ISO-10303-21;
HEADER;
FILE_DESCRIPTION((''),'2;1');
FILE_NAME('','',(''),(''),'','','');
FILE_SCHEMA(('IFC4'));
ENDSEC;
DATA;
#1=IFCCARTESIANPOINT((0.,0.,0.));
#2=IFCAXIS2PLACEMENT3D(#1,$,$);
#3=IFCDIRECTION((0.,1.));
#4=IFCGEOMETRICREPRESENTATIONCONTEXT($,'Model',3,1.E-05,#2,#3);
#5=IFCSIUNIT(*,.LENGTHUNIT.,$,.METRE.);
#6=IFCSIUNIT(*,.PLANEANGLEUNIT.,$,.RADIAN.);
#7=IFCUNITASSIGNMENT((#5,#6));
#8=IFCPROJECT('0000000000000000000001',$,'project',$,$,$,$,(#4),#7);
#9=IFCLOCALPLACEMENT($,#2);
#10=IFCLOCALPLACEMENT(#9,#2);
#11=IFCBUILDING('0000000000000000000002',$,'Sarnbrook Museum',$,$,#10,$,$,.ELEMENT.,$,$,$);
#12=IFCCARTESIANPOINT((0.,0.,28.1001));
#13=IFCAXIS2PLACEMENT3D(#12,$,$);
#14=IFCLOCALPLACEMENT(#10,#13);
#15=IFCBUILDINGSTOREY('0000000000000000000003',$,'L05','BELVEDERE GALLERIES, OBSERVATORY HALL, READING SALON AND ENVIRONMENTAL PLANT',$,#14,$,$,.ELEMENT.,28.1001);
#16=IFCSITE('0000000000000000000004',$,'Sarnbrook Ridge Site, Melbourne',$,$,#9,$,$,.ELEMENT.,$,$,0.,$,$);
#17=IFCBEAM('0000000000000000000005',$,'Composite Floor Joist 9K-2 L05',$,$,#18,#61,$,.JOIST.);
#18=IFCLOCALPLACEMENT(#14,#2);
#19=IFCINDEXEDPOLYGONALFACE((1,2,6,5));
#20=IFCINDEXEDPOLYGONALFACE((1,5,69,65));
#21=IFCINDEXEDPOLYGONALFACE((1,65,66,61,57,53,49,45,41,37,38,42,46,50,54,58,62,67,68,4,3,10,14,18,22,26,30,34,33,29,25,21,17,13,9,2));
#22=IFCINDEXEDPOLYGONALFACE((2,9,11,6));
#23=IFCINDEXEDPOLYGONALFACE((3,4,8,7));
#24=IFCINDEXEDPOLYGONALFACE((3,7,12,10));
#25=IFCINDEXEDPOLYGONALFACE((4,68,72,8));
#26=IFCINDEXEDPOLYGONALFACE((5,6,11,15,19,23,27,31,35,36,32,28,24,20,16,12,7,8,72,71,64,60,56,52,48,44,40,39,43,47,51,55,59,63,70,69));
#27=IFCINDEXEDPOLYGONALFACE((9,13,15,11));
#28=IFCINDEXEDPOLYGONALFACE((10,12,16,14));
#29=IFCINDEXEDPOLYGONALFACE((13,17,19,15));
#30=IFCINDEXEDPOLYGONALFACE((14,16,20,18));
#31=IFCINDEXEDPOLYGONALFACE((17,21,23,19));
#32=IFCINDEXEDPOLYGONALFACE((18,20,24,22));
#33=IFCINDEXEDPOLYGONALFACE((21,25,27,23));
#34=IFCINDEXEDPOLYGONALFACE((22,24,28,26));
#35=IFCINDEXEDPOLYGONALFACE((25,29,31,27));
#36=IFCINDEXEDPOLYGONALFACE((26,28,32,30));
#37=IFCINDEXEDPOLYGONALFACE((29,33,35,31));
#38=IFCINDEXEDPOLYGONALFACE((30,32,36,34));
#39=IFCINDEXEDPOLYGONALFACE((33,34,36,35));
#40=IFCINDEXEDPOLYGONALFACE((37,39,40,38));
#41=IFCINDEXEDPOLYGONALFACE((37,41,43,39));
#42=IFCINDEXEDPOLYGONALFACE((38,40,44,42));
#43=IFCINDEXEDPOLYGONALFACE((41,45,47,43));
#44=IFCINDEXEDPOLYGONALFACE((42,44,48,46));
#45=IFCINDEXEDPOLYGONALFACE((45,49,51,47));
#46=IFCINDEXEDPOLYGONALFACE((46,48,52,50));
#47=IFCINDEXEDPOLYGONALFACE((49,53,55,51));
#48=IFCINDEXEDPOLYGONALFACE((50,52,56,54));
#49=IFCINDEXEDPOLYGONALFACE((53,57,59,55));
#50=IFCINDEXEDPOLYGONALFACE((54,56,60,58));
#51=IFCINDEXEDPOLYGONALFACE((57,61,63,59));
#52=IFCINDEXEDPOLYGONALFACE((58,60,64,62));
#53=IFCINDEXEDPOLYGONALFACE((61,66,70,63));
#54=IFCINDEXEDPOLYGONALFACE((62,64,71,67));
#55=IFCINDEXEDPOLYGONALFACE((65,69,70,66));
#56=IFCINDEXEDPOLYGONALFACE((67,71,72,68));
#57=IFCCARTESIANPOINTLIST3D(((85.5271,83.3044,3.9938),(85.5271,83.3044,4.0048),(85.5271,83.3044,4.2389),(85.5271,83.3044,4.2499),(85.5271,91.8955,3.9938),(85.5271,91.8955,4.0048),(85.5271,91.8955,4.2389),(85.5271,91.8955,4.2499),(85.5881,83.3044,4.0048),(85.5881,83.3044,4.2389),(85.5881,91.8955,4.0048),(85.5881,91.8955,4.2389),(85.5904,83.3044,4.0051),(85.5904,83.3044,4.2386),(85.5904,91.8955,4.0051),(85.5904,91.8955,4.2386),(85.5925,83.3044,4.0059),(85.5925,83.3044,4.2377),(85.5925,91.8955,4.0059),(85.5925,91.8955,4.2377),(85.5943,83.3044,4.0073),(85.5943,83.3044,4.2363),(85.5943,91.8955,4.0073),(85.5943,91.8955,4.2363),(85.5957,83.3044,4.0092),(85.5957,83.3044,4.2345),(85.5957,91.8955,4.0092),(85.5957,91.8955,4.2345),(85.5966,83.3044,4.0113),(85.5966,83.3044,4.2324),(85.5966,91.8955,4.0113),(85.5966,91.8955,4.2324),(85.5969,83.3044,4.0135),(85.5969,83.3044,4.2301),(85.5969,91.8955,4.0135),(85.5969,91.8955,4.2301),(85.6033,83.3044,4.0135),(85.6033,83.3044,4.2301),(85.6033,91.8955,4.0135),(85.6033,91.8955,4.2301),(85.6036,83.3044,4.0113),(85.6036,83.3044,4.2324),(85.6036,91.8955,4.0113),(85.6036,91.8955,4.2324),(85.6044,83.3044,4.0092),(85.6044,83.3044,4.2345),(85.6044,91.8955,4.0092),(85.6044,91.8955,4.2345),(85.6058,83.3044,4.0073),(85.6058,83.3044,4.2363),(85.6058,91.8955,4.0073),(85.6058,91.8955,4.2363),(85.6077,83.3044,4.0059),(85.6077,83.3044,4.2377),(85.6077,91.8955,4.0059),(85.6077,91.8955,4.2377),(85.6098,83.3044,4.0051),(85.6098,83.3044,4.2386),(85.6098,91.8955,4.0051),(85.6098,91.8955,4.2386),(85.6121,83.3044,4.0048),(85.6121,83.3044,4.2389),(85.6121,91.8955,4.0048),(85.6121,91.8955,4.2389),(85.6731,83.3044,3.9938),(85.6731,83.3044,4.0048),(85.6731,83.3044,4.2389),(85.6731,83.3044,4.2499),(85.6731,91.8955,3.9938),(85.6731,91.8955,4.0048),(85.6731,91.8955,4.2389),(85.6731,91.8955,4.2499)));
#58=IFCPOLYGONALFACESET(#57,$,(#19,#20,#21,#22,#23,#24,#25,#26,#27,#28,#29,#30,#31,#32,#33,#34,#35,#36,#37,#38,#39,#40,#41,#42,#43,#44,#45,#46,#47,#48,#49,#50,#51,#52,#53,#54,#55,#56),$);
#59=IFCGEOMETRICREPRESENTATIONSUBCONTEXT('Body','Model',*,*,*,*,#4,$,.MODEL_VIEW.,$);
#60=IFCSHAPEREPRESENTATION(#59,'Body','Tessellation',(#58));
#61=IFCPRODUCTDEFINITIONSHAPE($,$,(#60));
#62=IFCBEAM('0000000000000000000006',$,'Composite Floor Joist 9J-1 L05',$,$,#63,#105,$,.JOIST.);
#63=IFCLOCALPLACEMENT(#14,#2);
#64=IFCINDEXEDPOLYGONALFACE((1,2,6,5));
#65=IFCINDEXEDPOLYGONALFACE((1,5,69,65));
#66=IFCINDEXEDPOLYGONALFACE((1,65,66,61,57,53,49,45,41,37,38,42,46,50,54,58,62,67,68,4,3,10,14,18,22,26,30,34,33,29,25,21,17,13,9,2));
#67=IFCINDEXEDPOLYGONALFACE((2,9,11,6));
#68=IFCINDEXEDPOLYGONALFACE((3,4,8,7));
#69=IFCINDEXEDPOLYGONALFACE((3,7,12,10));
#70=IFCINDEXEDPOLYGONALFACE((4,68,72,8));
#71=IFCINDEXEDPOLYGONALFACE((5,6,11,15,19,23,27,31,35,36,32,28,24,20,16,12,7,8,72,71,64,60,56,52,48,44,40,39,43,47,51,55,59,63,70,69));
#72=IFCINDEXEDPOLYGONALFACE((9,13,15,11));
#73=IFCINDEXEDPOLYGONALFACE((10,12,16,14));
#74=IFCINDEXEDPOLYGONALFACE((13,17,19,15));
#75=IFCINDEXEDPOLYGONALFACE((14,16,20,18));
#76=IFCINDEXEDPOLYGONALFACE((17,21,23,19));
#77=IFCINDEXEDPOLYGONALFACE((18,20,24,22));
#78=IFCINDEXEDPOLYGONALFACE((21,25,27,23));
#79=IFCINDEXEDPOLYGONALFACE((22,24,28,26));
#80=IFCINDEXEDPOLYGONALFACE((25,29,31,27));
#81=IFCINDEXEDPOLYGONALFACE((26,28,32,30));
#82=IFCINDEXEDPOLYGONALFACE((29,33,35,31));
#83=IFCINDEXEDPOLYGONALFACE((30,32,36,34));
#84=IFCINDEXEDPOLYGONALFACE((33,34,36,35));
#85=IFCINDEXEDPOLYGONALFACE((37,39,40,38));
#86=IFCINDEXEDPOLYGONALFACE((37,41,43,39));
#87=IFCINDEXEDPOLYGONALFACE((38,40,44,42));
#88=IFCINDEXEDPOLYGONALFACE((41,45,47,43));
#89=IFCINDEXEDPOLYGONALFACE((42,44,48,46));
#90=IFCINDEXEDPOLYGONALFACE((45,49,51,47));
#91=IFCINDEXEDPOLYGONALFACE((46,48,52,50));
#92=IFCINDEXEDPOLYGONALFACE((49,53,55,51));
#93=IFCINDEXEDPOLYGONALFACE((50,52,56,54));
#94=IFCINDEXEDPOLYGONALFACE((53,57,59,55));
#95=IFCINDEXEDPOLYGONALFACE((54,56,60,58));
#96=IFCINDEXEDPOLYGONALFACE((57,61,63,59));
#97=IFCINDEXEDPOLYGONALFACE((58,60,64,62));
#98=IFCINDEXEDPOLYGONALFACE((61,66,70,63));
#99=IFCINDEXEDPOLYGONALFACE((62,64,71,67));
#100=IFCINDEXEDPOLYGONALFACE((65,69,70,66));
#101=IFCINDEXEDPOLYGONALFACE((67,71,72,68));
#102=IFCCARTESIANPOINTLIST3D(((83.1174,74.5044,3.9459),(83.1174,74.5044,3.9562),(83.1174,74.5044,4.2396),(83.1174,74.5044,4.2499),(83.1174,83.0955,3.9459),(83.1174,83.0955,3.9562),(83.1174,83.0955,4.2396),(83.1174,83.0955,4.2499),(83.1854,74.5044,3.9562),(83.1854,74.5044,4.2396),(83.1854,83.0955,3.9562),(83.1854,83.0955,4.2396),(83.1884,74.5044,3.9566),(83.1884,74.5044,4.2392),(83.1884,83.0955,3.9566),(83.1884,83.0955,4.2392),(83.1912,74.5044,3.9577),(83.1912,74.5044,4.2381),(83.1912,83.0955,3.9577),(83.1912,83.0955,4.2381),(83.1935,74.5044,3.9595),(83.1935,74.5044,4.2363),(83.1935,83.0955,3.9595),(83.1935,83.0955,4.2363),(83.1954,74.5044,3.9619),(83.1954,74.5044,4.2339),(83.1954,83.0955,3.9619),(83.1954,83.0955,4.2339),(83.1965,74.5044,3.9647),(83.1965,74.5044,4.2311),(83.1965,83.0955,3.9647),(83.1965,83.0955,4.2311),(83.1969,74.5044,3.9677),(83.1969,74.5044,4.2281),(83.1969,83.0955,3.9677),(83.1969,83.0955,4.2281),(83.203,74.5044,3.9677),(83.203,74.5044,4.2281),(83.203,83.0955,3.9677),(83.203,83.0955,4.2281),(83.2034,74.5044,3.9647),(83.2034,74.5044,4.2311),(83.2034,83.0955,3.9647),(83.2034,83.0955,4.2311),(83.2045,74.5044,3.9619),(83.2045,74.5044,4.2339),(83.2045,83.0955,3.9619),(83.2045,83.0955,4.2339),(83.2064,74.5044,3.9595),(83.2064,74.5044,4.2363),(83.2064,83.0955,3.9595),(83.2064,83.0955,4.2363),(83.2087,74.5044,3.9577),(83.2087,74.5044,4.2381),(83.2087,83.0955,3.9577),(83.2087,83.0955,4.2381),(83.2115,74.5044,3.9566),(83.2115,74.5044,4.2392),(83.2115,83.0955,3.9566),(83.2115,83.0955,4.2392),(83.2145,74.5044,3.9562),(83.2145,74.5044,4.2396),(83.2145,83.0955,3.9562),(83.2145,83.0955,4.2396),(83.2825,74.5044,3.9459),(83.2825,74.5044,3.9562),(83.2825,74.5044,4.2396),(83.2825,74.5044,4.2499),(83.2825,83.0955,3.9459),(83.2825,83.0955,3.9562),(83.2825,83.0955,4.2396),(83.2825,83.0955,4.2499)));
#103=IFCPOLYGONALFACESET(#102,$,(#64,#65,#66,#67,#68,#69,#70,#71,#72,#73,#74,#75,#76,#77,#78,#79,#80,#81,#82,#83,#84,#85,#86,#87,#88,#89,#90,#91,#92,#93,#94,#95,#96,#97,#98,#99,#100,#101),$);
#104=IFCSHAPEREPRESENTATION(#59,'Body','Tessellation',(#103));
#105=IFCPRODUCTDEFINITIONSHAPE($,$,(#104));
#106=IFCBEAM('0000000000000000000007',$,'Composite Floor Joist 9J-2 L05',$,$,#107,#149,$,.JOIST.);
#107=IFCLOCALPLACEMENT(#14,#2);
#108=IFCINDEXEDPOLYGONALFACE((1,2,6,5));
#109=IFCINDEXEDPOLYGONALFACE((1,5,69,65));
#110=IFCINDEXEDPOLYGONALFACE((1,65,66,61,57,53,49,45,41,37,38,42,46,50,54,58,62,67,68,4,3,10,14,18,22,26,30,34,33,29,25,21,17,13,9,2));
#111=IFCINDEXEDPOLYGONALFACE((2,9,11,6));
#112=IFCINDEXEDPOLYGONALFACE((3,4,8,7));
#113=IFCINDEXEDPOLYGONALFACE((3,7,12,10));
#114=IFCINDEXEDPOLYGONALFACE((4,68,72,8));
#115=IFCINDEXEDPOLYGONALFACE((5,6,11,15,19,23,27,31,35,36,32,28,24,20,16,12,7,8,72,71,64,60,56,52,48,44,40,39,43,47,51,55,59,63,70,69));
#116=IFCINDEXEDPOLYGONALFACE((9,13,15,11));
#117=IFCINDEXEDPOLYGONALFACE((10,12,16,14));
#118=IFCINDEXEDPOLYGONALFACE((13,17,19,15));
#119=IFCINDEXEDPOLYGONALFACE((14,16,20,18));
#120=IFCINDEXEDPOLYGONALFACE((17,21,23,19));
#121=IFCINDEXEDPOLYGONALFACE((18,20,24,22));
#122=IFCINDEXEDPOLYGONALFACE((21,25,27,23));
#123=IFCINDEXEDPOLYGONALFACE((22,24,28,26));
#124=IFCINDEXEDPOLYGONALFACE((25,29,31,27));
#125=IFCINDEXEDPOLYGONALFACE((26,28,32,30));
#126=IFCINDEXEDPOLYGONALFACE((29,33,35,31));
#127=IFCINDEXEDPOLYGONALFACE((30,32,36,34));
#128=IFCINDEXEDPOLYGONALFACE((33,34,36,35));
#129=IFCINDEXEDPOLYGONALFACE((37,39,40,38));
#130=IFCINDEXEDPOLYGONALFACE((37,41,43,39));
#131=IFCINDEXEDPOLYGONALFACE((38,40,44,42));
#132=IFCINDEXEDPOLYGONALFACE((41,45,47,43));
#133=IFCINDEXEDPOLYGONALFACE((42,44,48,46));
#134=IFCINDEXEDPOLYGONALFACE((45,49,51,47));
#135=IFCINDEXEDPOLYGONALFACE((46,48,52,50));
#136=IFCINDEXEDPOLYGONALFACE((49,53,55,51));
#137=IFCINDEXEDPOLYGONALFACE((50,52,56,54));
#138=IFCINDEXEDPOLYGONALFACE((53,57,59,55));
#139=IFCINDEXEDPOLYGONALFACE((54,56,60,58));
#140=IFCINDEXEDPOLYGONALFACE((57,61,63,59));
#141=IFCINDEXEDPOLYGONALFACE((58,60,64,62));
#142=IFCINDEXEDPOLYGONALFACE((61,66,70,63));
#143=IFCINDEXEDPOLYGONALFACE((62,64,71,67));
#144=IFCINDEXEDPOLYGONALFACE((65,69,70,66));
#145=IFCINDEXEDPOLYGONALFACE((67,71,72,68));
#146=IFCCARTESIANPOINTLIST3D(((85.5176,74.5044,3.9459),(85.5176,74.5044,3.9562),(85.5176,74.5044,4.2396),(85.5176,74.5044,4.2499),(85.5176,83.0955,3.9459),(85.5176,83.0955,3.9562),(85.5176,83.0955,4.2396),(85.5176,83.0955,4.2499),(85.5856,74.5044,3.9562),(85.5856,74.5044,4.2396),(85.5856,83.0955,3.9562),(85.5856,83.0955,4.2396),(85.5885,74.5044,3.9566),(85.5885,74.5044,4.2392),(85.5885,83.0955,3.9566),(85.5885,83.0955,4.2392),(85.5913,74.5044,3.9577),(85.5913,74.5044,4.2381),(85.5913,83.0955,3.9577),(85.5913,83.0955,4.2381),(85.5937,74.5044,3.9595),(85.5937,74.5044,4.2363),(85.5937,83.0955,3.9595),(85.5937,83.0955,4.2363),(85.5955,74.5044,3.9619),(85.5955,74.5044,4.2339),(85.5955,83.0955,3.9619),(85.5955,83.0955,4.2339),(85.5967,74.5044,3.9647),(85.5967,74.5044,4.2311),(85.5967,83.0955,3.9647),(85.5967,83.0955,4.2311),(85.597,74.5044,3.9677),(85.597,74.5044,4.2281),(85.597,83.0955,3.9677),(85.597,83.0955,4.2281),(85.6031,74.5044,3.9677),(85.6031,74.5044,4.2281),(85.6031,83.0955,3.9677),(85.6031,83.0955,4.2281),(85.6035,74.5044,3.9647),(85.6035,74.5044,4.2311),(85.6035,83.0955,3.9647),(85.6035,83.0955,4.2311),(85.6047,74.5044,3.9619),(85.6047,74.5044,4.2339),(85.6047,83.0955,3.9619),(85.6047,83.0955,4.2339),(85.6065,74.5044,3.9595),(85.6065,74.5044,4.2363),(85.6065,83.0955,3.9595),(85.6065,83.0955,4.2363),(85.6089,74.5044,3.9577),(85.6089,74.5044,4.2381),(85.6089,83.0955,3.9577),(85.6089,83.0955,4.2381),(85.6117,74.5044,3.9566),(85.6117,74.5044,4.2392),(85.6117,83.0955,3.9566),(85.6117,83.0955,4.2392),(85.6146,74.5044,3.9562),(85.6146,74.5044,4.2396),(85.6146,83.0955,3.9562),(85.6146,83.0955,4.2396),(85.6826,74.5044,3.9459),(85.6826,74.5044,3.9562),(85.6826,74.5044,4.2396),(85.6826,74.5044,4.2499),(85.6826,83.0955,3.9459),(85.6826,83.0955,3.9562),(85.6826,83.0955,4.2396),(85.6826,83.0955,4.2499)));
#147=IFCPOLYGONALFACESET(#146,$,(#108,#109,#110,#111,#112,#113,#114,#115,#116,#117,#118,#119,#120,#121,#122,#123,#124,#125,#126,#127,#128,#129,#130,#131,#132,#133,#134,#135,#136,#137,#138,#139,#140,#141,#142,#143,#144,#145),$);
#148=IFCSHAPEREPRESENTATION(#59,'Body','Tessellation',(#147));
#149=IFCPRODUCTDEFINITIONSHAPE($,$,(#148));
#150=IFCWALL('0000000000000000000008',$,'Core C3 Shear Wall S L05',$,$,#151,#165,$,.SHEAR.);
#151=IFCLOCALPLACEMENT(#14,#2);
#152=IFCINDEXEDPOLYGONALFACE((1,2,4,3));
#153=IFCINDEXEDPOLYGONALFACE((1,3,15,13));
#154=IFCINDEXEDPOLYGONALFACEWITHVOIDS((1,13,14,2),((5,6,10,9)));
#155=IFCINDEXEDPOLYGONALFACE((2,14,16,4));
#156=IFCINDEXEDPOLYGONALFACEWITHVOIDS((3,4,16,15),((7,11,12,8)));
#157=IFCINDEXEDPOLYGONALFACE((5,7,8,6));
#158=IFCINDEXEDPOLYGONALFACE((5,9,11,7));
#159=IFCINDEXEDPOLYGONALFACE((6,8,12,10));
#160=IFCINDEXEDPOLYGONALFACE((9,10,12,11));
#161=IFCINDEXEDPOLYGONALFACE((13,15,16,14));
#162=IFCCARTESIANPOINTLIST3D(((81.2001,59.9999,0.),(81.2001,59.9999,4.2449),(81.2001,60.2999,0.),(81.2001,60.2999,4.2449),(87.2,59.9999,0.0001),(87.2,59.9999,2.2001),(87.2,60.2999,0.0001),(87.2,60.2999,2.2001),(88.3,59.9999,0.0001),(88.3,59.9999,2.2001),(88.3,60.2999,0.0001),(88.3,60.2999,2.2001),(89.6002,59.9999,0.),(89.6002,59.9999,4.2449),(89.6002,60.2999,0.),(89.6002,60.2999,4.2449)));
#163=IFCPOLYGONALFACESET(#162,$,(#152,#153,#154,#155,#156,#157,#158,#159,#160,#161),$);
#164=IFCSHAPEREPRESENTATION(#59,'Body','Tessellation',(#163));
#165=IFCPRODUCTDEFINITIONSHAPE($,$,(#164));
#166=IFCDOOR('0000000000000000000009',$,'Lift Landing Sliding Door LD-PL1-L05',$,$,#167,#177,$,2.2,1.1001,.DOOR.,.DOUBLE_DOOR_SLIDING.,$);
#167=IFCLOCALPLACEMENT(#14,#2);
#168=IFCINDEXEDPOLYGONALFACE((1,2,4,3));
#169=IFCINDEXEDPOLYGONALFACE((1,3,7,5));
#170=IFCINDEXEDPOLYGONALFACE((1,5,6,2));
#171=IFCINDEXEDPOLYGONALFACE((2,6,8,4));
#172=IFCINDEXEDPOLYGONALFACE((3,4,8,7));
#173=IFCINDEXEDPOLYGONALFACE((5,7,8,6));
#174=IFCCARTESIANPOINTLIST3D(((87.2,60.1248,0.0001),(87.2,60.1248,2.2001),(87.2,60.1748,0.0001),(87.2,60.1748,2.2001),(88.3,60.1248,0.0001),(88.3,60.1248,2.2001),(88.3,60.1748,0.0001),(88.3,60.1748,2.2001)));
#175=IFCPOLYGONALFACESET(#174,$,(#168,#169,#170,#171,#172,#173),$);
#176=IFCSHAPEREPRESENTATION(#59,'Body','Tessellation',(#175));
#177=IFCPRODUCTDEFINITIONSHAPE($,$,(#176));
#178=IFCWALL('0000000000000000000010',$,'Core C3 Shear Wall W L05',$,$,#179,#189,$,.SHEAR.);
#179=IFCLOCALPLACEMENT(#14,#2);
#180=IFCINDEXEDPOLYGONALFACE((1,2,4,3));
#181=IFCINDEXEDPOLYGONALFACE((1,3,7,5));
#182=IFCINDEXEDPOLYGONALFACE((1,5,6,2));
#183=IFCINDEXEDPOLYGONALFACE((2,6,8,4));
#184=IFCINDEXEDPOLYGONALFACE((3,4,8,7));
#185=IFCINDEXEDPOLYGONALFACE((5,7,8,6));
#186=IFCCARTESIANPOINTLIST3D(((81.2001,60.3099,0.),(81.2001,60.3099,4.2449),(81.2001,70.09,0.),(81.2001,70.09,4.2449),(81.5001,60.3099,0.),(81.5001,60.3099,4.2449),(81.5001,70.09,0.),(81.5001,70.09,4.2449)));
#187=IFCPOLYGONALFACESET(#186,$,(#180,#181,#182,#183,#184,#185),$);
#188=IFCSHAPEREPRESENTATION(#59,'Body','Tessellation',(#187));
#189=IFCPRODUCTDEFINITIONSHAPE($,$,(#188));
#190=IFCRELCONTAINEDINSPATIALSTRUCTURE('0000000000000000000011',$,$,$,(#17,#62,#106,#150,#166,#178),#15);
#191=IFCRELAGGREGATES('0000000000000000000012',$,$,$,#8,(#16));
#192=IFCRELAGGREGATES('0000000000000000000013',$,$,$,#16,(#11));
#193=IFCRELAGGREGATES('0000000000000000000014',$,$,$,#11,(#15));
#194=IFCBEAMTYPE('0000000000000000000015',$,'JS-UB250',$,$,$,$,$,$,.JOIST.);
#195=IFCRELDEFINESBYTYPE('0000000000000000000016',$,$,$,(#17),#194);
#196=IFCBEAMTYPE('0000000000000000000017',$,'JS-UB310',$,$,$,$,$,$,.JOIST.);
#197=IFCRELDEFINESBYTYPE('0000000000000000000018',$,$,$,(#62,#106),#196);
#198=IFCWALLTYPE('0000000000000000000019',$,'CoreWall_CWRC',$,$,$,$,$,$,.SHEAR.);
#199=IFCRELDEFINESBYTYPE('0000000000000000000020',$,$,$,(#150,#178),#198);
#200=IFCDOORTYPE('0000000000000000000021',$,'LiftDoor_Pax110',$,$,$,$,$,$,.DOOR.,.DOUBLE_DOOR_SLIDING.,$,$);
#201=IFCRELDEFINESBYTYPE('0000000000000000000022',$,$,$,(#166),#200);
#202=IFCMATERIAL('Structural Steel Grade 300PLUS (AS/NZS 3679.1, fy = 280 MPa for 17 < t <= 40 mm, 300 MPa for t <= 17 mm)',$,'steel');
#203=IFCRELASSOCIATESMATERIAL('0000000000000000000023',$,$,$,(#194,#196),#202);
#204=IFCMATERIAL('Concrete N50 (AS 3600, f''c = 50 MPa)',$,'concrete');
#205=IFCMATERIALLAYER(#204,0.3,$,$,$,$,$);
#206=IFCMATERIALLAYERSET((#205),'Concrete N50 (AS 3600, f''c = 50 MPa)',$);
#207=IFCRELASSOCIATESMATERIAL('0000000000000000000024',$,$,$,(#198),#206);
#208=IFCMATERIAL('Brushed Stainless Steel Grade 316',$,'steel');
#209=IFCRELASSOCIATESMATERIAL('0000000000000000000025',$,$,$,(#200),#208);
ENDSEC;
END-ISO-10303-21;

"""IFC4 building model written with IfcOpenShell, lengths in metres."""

from ifc_helpers import new_model, si_unit, direction, frame, frame_2d, origin, origin_2d, place, context, subcontext, project, spatial, rectangle, i_section, extrude, material, layer, layer_set, material_profile, profile_set, type_object, element, fill, save


model = new_model("IFC4")

# Units and contexts
model_context = context("Model", 3, precision=1e-05, world=origin(), true_north=direction((0.0, 1.0)))
body_context = subcontext(model_context, "Body", "Model", "MODEL_VIEW")
ifc_project = project(units=[si_unit("LENGTHUNIT", "METRE"), si_unit("PLANEANGLEUNIT", "RADIAN")], contexts=[model_context])

# Site, building, storey
site_placement = place(None, origin())
site = spatial("IfcSite", under=ifc_project, at=site_placement, Name="Sarnbrook Ridge Site, Melbourne", CompositionType="ELEMENT", RefElevation=0.0)
building_placement = place(site_placement, origin())
building = spatial("IfcBuilding", under=site, at=building_placement, Name="Sarnbrook Museum", CompositionType="ELEMENT")
storey_placement = place(building_placement, frame((0.0, 0.0, 28.1001)))
storey = spatial("IfcBuildingStorey", under=building, at=storey_placement, Name="L05", Description="BELVEDERE GALLERIES, OBSERVATORY HALL, READING SALON AND ENVIRONMENTAL PLANT", CompositionType="ELEMENT", Elevation=28.1001)

# Shared definitions
ifc_material_1 = material(Name="Structural Steel Grade 300PLUS (AS/NZS 3679.1, fy = 280 MPa for 17 < t <= 40 mm, 300 MPa for t <= 17 mm)", Category="steel")

# Beams
ifc_material_profile_1 = material_profile(ifc_material_1, i_section(OverallWidth=0.146, OverallDepth=0.2561, WebThickness=0.0063, FlangeThickness=0.011, FilletRadius=0.0088, at=origin_2d()), Name="250UB37.3")
ifc_profile_set_1 = profile_set([ifc_material_profile_1], Name="Structural Steel Grade 300PLUS (AS/NZS 3679.1, fy = 280 MPa for 17 < t <= 40 mm, 300 MPa for t <= 17 mm)")
beam_type_1 = type_object("IfcBeamType", Name="JS-UB250", PredefinedType="JOIST", material=ifc_profile_set_1)
for number, where, z_axis, x_axis, name in (
    (1, (85.6001, 83.3044, 4.1218), (0.0, 1.0, 0.0), (-1.0, 0.0, 0.0), "Composite Floor Joist 9K-2 L05"),
):
    element("IfcBeam", number, at=place(storey_placement, frame(where, z_axis=z_axis, x_axis=x_axis)), inside=storey, type_object=beam_type_1, Name=name, PredefinedType="JOIST", context=body_context, shape_type="SweptSolid", body=[
        extrude(i_section(OverallWidth=0.146, OverallDepth=0.2561, WebThickness=0.0063, FlangeThickness=0.011, FilletRadius=0.0088, at=origin_2d()), origin(), (0.0, 0.0, 1.0), 8.5911),
    ])
ifc_material_profile_2 = material_profile(ifc_material_1, i_section(OverallWidth=0.165, OverallDepth=0.304, WebThickness=0.0061, FlangeThickness=0.0103, FilletRadius=0.0115, at=origin_2d()), Name="310UB40.4")
ifc_profile_set_2 = profile_set([ifc_material_profile_2], Name="Structural Steel Grade 300PLUS (AS/NZS 3679.1, fy = 280 MPa for 17 < t <= 40 mm, 300 MPa for t <= 17 mm)")
beam_type_2 = type_object("IfcBeamType", Name="JS-UB310", PredefinedType="JOIST", material=ifc_profile_set_2)
for number, where, z_axis, x_axis, name in (
    (2, (83.2, 74.5044, 4.0979), (0.0, 1.0, 0.0), (-1.0, 0.0, 0.0), "Composite Floor Joist 9J-1 L05"),
    (3, (85.6001, 74.5044, 4.0979), (0.0, 1.0, 0.0), (-1.0, 0.0, 0.0), "Composite Floor Joist 9J-2 L05"),
):
    element("IfcBeam", number, at=place(storey_placement, frame(where, z_axis=z_axis, x_axis=x_axis)), inside=storey, type_object=beam_type_2, Name=name, PredefinedType="JOIST", context=body_context, shape_type="SweptSolid", body=[
        extrude(i_section(OverallWidth=0.165, OverallDepth=0.304, WebThickness=0.0061, FlangeThickness=0.0103, FilletRadius=0.0115, at=origin_2d()), origin(), (0.0, 0.0, 1.0), 8.5911),
    ])

# Wall, opening, door
ifc_material_2 = material(Name="Concrete N50 (AS 3600, f'c = 50 MPa)", Category="concrete")
ifc_layer_1 = layer(ifc_material_2, 0.3)
ifc_layer_set_1 = layer_set([ifc_layer_1], Name="Concrete N50 (AS 3600, f'c = 50 MPa)")
wall_type = type_object("IfcWallType", Name="CoreWall_CWRC", PredefinedType="SHEAR", material=ifc_layer_set_1)
wall_1_placement = place(storey_placement, frame((81.2, 60.1499, 0.0), z_axis=(0.0, 0.0, 1.0), x_axis=(1.0, 0.0, 0.0)))
wall_1 = element("IfcWall", 4, at=wall_1_placement, inside=storey, type_object=wall_type, Name="Core C3 Shear Wall S L05", PredefinedType="SHEAR", context=body_context, shape_type="SweptSolid", body=[
    extrude(rectangle(XDim=8.4001, YDim=0.3, at=frame_2d((4.2002, 0.0))), origin(), (0.0, 0.0, 1.0), 4.2449),
])
opening_placement = place(wall_1_placement, frame((6.0, 0.0, 0.0)))
opening = element("IfcOpeningElement", 5, at=opening_placement, cuts=wall_1, PredefinedType="OPENING", context=body_context, shape_type="SweptSolid", body=[
    extrude(rectangle(XDim=1.1001, YDim=2.2, at=frame_2d((0.55, 1.1001))), frame((0.0, 0.1602, 0.0), z_axis=(0.0, -1.0, 0.0), x_axis=(1.0, 0.0, 0.0)), (0.0, 0.0, 1.0), 0.3201),
])
ifc_material_3 = material(Name="Brushed Stainless Steel Grade 316", Category="steel")
door_type = type_object("IfcDoorType", Name="LiftDoor_Pax110", OperationType="DOUBLE_DOOR_SLIDING", PredefinedType="DOOR", material=ifc_material_3)
door_placement = place(opening_placement, origin())
door = element("IfcDoor", 6, at=door_placement, inside=storey, type_object=door_type, Name="Lift Landing Sliding Door LD-PL1-L05", OperationType="DOUBLE_DOOR_SLIDING", OverallHeight=2.2, OverallWidth=1.1001, PredefinedType="DOOR", context=body_context, shape_type="SweptSolid", body=[
    extrude(rectangle(XDim=1.1001, YDim=2.2, at=frame_2d((0.55, 1.1001))), frame((0.0, 0.0249, 0.0), z_axis=(0.0, -1.0, 0.0), x_axis=(1.0, 0.0, 0.0)), (0.0, 0.0, 1.0), 0.05),
])
fill(opening, door)

# Wall
wall_2_placement = place(storey_placement, frame((81.3501, 70.0901, 0.0), z_axis=(0.0, 0.0, 1.0), x_axis=(0.0, -1.0, 0.0)))
element("IfcWall", 7, at=wall_2_placement, inside=storey, type_object=wall_type, Name="Core C3 Shear Wall W L05", PredefinedType="SHEAR", context=body_context, shape_type="SweptSolid", body=[
    extrude(rectangle(XDim=9.78, YDim=0.3, at=frame_2d((4.8901, 0.0))), origin(), (0.0, 0.0, 1.0), 4.2449),
])

save(model, "model.ifc")
